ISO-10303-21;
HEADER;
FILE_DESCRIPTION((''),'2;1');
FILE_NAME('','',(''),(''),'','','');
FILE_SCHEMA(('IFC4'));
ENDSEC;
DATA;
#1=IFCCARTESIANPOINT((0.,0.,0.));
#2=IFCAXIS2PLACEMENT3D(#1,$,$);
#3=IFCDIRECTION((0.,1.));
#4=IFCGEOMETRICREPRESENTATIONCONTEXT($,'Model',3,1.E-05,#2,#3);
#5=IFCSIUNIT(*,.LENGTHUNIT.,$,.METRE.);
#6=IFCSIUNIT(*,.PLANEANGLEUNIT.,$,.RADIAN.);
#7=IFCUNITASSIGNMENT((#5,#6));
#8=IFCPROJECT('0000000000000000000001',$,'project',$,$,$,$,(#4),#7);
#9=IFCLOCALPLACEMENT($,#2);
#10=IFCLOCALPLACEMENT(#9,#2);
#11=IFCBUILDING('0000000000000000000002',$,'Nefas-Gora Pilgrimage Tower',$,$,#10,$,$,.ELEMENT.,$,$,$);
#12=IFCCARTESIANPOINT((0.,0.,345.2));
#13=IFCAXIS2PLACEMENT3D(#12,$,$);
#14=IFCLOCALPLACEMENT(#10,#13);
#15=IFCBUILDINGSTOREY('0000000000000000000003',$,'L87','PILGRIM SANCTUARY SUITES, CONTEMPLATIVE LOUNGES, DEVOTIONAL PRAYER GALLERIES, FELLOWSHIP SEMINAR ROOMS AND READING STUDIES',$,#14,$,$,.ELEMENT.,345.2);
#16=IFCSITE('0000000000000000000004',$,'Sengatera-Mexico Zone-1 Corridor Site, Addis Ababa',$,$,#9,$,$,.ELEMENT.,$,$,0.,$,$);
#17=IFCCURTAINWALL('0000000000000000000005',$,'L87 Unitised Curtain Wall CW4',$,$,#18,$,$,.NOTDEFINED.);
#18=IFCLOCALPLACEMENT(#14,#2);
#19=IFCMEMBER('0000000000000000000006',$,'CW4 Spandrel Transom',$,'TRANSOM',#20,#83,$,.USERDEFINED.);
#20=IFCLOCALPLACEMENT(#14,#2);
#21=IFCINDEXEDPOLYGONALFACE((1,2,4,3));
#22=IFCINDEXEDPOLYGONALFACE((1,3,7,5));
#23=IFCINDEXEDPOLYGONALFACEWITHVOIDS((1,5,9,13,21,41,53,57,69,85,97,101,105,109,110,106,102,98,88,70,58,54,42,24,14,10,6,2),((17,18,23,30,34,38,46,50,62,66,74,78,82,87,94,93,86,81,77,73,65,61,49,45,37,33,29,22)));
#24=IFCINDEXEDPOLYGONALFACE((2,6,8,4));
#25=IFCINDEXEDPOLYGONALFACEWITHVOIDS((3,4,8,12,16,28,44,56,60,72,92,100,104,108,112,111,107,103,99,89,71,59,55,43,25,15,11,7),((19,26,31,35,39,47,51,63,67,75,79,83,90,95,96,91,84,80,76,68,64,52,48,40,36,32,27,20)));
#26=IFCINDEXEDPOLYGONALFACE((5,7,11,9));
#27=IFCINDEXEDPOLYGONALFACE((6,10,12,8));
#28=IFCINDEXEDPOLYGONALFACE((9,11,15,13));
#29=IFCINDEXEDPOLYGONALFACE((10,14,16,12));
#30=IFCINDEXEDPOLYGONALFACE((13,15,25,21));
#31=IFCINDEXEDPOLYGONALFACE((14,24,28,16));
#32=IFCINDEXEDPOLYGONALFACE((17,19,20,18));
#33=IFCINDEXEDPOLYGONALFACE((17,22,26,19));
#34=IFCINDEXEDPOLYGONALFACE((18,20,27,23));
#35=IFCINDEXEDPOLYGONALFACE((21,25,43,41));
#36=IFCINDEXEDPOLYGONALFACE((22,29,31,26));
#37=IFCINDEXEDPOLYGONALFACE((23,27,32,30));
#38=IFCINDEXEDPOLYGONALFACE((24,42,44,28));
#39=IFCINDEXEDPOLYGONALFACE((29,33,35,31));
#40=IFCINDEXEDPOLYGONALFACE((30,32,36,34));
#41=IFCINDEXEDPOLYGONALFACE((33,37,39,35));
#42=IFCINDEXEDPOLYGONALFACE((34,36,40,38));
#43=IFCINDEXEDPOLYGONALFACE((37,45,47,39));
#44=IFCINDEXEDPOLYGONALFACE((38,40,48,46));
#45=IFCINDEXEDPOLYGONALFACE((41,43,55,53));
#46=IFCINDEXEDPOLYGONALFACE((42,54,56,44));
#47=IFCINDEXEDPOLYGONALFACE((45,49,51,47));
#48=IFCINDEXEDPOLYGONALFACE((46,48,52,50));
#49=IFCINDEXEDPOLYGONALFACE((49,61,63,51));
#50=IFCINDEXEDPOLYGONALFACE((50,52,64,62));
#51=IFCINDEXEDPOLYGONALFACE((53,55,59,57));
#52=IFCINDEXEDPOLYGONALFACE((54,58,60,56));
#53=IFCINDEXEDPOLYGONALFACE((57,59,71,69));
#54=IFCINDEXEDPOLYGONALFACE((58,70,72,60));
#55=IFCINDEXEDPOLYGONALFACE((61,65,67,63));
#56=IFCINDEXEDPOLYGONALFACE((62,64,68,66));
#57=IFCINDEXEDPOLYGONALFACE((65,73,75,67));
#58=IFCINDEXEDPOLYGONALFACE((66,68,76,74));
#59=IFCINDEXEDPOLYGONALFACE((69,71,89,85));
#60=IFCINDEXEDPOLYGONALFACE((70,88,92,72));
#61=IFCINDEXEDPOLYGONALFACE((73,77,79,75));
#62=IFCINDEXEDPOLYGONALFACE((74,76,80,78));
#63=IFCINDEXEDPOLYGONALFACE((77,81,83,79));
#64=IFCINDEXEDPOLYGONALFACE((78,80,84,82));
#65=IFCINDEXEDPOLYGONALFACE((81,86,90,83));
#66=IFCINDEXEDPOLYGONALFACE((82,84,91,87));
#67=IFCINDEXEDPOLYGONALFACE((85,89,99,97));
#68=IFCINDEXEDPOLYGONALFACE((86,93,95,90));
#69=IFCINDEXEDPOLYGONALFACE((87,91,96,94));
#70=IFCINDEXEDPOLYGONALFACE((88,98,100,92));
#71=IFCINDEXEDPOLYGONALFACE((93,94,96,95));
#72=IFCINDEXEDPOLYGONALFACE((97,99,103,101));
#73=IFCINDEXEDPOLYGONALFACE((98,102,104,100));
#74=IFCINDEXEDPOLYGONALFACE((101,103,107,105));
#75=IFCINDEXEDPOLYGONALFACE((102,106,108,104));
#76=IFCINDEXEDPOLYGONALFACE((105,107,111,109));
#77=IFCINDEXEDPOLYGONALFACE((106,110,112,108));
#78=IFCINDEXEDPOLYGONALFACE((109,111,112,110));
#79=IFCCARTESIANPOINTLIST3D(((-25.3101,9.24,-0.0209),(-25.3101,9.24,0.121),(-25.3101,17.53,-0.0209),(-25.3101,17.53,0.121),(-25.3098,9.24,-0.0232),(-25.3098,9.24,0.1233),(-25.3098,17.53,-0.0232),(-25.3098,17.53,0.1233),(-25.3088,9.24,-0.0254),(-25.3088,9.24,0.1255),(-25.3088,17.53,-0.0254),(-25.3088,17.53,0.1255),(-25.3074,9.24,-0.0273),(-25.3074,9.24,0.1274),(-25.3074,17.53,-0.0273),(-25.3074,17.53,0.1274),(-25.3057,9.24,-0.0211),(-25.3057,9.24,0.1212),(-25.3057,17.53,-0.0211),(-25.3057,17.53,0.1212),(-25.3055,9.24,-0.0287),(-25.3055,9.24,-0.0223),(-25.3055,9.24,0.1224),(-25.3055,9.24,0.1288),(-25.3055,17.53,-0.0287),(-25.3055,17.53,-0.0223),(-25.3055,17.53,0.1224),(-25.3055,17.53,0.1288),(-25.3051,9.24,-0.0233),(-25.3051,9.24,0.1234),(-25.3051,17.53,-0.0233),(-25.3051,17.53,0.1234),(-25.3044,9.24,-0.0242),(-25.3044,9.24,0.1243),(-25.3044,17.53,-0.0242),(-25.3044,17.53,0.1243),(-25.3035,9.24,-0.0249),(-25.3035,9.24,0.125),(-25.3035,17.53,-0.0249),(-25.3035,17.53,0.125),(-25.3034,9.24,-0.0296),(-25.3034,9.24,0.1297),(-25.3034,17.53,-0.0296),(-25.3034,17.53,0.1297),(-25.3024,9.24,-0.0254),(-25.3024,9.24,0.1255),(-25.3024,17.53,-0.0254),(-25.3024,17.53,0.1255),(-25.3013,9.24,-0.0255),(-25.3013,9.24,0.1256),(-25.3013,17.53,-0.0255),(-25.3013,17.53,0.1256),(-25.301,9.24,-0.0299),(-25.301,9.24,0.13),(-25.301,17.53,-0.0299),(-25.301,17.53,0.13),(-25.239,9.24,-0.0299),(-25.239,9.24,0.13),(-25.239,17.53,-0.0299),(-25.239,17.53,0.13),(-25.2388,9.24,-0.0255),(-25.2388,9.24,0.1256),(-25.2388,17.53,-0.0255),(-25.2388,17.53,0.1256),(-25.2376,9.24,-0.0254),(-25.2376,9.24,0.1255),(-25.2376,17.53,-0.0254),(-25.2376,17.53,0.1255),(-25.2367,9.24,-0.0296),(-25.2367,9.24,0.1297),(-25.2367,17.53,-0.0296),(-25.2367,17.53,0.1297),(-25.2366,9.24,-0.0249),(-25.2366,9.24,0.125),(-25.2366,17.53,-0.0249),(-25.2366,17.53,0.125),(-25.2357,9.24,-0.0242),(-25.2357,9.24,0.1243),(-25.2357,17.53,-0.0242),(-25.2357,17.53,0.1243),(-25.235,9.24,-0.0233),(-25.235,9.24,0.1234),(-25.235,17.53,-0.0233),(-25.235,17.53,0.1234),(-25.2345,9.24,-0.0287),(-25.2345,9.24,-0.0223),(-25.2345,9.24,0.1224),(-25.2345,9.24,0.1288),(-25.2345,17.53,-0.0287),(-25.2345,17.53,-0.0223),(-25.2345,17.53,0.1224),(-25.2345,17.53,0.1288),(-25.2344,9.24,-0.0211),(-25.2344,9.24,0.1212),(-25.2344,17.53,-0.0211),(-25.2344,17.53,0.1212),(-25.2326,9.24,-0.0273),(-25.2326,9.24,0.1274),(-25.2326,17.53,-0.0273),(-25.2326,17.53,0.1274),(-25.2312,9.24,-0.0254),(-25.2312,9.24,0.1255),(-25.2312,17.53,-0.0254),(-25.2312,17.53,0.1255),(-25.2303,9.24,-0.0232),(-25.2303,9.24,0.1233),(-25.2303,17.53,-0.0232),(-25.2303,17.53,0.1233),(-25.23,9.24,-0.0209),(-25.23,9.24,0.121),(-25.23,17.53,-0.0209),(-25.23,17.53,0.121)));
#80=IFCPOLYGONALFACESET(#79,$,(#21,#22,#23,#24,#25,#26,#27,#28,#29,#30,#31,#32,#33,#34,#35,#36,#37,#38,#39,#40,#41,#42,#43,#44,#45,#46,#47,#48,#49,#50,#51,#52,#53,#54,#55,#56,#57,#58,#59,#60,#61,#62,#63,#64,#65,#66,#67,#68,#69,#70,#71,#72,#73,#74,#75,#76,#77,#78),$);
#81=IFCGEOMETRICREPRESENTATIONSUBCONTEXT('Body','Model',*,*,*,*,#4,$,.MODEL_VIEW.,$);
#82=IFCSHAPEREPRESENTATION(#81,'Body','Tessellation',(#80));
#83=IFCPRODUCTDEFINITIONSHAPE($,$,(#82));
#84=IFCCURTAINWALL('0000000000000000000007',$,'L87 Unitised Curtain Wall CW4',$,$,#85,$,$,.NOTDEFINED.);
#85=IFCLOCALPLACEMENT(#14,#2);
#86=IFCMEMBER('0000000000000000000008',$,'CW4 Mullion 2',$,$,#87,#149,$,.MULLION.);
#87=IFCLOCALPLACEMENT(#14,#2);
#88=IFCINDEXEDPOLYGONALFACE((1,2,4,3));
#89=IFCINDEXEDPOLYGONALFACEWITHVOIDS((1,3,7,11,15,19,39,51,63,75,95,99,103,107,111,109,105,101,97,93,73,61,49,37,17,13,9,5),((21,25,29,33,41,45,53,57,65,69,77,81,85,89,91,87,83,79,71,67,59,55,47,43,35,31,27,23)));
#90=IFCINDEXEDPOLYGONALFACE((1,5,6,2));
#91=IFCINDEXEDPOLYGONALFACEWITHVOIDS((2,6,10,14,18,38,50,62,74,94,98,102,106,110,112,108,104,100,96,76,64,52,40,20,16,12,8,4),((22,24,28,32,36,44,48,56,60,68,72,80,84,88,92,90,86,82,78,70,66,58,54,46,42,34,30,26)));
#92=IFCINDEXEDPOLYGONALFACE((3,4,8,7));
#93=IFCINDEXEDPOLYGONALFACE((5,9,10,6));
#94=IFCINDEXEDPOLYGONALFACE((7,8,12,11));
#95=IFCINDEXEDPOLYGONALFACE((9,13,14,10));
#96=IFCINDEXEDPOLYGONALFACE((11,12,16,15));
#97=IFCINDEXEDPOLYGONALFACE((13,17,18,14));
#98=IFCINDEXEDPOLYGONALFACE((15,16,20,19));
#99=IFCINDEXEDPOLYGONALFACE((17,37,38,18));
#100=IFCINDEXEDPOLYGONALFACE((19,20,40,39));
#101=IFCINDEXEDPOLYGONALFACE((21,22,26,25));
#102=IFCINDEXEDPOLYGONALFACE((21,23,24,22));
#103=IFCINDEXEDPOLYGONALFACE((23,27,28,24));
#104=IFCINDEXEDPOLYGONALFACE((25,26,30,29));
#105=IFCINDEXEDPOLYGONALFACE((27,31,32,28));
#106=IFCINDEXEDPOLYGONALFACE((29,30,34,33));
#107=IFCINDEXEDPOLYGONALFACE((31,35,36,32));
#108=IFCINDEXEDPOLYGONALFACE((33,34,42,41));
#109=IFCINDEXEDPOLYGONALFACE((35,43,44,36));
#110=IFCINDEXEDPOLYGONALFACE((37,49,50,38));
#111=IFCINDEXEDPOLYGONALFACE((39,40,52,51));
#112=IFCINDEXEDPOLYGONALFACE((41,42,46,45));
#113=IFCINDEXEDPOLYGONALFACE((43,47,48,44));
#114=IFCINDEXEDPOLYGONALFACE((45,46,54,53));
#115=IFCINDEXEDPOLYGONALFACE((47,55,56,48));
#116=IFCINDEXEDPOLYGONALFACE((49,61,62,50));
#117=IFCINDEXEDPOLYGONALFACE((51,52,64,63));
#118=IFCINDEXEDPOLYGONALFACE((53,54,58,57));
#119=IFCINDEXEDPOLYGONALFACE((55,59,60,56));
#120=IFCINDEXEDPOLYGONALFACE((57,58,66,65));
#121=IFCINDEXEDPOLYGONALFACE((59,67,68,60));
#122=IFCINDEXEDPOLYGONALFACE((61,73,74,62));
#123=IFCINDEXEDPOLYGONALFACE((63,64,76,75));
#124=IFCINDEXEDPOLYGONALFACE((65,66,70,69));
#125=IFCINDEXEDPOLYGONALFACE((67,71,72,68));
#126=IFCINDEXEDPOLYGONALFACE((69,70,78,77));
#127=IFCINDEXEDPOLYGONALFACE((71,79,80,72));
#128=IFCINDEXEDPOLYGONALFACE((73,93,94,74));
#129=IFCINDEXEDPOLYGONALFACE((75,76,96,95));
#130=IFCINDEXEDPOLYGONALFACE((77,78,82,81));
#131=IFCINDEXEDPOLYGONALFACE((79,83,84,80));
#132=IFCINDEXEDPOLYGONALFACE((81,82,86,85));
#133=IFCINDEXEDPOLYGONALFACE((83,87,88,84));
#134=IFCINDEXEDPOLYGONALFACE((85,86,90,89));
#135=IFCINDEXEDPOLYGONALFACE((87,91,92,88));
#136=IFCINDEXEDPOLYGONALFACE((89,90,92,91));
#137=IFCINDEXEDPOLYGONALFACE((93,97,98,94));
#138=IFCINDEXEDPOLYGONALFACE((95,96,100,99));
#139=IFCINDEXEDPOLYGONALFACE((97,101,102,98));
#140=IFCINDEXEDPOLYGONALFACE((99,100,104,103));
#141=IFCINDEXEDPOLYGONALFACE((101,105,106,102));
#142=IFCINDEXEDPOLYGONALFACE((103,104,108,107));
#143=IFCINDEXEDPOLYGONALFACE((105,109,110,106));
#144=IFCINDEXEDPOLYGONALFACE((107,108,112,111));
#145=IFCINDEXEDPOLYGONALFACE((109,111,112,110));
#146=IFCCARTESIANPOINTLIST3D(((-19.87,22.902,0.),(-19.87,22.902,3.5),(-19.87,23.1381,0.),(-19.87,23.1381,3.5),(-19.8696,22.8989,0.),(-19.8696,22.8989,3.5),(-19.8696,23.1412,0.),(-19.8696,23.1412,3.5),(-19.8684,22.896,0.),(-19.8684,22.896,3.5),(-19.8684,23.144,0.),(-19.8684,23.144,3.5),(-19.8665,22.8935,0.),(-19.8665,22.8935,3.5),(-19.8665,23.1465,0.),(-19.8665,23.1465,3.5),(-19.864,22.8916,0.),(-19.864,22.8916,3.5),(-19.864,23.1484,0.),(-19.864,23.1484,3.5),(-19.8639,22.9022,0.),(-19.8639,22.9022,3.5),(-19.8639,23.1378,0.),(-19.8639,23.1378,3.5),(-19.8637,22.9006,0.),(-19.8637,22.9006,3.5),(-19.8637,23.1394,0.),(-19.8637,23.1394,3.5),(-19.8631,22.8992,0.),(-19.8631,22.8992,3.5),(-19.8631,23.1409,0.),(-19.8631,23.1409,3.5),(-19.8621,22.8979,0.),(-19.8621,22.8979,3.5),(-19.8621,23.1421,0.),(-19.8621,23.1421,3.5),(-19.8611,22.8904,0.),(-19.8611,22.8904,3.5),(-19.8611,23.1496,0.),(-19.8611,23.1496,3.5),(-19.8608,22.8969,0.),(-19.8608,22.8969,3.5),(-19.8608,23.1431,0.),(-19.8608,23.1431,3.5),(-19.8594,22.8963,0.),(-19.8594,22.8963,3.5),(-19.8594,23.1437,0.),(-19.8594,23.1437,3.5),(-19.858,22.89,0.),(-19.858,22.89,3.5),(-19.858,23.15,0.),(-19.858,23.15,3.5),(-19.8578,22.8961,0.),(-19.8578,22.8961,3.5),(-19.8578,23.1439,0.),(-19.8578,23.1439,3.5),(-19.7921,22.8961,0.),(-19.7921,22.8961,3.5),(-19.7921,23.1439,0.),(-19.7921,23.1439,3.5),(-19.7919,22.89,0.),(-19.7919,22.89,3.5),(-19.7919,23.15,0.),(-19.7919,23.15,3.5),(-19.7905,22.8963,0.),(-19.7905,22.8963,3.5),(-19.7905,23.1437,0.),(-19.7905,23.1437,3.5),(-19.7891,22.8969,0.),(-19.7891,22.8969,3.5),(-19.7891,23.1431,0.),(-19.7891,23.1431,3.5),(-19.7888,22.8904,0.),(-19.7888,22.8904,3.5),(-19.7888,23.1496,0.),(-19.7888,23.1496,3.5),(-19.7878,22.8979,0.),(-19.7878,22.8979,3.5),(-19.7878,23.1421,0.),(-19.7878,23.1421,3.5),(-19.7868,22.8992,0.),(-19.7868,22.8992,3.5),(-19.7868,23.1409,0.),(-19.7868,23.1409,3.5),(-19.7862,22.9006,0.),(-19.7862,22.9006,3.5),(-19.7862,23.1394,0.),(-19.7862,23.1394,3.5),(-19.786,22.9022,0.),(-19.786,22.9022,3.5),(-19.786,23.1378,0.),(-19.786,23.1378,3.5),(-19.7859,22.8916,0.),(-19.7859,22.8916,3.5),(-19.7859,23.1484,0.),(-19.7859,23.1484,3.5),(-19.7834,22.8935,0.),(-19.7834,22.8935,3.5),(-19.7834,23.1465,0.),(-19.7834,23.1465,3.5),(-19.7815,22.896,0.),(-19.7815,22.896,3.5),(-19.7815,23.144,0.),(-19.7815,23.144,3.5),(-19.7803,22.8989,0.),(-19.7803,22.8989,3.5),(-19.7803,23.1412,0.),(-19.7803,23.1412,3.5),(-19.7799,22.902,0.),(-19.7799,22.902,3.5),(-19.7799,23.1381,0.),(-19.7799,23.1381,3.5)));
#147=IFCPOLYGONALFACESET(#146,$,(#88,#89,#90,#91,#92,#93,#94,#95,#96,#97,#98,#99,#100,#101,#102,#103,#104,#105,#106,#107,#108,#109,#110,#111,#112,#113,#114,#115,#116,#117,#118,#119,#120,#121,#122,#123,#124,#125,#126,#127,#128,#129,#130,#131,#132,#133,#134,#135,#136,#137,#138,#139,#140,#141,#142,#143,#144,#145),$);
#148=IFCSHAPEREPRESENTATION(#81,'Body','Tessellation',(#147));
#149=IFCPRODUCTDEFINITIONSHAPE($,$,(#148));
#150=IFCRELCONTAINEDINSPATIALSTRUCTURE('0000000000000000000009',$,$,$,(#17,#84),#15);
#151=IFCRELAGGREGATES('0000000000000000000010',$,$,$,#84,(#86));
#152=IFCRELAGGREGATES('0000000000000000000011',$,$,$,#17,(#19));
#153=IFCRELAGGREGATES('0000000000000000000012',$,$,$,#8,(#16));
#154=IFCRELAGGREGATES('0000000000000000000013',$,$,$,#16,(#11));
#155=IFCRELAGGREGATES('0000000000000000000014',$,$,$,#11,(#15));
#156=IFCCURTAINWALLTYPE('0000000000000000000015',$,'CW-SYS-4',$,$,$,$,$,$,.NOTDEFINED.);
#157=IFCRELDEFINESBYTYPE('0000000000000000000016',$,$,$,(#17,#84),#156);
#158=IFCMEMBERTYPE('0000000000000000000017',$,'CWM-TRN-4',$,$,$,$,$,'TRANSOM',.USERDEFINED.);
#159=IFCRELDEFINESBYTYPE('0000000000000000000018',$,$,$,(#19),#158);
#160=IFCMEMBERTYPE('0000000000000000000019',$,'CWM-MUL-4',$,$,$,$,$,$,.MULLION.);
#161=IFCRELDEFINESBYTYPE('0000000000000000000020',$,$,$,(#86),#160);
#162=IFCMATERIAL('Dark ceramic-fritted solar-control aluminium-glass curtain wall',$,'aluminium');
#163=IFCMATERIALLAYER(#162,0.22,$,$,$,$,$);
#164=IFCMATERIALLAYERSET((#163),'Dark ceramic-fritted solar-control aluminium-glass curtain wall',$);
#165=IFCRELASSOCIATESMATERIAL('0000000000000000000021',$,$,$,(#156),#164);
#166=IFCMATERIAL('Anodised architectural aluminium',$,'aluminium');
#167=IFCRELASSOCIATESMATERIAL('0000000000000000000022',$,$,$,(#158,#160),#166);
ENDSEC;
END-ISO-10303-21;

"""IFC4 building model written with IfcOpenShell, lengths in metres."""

from ifc_helpers import new_model, si_unit, direction, frame, origin, origin_2d, place, context, subcontext, project, spatial, hollow_rectangle, extrude, source, transform, mapped, material, layer, layer_set, material_profile, profile_set, type_object, element, aggregate, save


model = new_model("IFC4")

# Units and contexts
model_context = context("Model", 3, precision=1e-05, world=origin(), true_north=direction((0.0, 1.0)))
body_context = subcontext(model_context, "Body", "Model", "MODEL_VIEW")
ifc_project = project(units=[si_unit("LENGTHUNIT", "METRE"), si_unit("PLANEANGLEUNIT", "RADIAN")], contexts=[model_context])

# Site, building, storey
site_placement = place(None, origin())
site = spatial("IfcSite", under=ifc_project, at=site_placement, Name="Sengatera-Mexico Zone-1 Corridor Site, Addis Ababa", CompositionType="ELEMENT", RefElevation=0.0)
building_placement = place(site_placement, origin())
building = spatial("IfcBuilding", under=site, at=building_placement, Name="Nefas-Gora Pilgrimage Tower", CompositionType="ELEMENT")
storey_placement = place(building_placement, frame((0.0, 0.0, 345.2)))
storey = spatial("IfcBuildingStorey", under=building, at=storey_placement, Name="L87", Description="PILGRIM SANCTUARY SUITES, CONTEMPLATIVE LOUNGES, DEVOTIONAL PRAYER GALLERIES, FELLOWSHIP SEMINAR ROOMS AND READING STUDIES", CompositionType="ELEMENT", Elevation=345.2)

# Curtain walls, members
ifc_material_1 = material(Name="Dark ceramic-fritted solar-control aluminium-glass curtain wall", Category="aluminium")
ifc_layer_1 = layer(ifc_material_1, 0.22)
ifc_layer_set_1 = layer_set([ifc_layer_1], Name="Dark ceramic-fritted solar-control aluminium-glass curtain wall")
curtain_wall_type = type_object("IfcCurtainWallType", Name="CW-SYS-4", PredefinedType="NOTDEFINED", material=ifc_layer_set_1)
curtain_wall_1_placement = place(storey_placement, origin())
curtain_wall_1 = element("IfcCurtainWall", 1, at=curtain_wall_1_placement, inside=storey, type_object=curtain_wall_type, Name="L87 Unitised Curtain Wall CW4", PredefinedType="NOTDEFINED")
ifc_material_2 = material(Name="Anodised architectural aluminium", Category="aluminium")
ifc_material_profile_1 = material_profile(ifc_material_2, hollow_rectangle(XDim=0.0801, YDim=0.1599, WallThickness=0.0044, InnerFilletRadius=0.0044, OuterFilletRadius=0.009, at=origin_2d()), Name="ALU TRANSOM 80x160")
ifc_profile_set_1 = profile_set([ifc_material_profile_1], Name="Anodised architectural aluminium")
member_type_1 = type_object("IfcMemberType", Name="CWM-TRN-4", ElementType="TRANSOM", PredefinedType="USERDEFINED", material=ifc_profile_set_1)
shared_shape_1 = source(origin(), body_context, "Body", "SweptSolid", [
    extrude(hollow_rectangle(XDim=0.0801, YDim=0.1599, WallThickness=0.0044, InnerFilletRadius=0.0044, OuterFilletRadius=0.009, at=origin_2d()), origin(), (0.0, 0.0, 1.0), 8.29),
])
member_1_placement = place(storey_placement, frame((-25.27, 17.53, 0.05), z_axis=(0.0, -1.0, 0.0), x_axis=(1.0, 0.0, 0.0)))
member_1 = element("IfcMember", 2, at=member_1_placement, type_object=member_type_1, Name="CW4 Spandrel Transom", ObjectType="TRANSOM", PredefinedType="USERDEFINED", context=body_context, shape_type="MappedRepresentation", body=[
    mapped(shared_shape_1, transform((0.0, 0.0, 0.0), x_axis=(1.0, 0.0, 0.0), y_axis=(0.0, 1.0, 0.0), z_axis=(0.0, 0.0, 1.0), scale=1.0)),
])
curtain_wall_2_placement = place(storey_placement, origin())
curtain_wall_2 = element("IfcCurtainWall", 3, at=curtain_wall_2_placement, inside=storey, type_object=curtain_wall_type, Name="L87 Unitised Curtain Wall CW4", PredefinedType="NOTDEFINED")
ifc_material_profile_2 = material_profile(ifc_material_2, hollow_rectangle(XDim=0.0901, YDim=0.26, WallThickness=0.0061, InnerFilletRadius=0.0061, OuterFilletRadius=0.012, at=origin_2d()), Name="ALU MULLION 90x260")
ifc_profile_set_2 = profile_set([ifc_material_profile_2], Name="Anodised architectural aluminium")
member_type_2 = type_object("IfcMemberType", Name="CWM-MUL-4", PredefinedType="MULLION", material=ifc_profile_set_2)
shared_shape_2 = source(origin(), body_context, "Body", "SweptSolid", [
    extrude(hollow_rectangle(XDim=0.0901, YDim=0.26, WallThickness=0.0061, InnerFilletRadius=0.0061, OuterFilletRadius=0.012, at=origin_2d()), origin(), (0.0, 0.0, 1.0), 3.5),
])
member_2_placement = place(storey_placement, frame((-19.825, 23.02, 0.0), z_axis=(0.0, 0.0, 1.0), x_axis=(-1.0, 0.0, 0.0)))
member_2 = element("IfcMember", 4, at=member_2_placement, type_object=member_type_2, Name="CW4 Mullion 2", PredefinedType="MULLION", context=body_context, shape_type="MappedRepresentation", body=[
    mapped(shared_shape_2, transform((0.0, 0.0, 0.0), x_axis=(1.0, 0.0, 0.0), y_axis=(0.0, 1.0, 0.0), z_axis=(0.0, 0.0, 1.0), scale=1.0)),
])
aggregate(curtain_wall_2, [member_2])

aggregate(curtain_wall_1, [member_1])

save(model, "model.ifc")
